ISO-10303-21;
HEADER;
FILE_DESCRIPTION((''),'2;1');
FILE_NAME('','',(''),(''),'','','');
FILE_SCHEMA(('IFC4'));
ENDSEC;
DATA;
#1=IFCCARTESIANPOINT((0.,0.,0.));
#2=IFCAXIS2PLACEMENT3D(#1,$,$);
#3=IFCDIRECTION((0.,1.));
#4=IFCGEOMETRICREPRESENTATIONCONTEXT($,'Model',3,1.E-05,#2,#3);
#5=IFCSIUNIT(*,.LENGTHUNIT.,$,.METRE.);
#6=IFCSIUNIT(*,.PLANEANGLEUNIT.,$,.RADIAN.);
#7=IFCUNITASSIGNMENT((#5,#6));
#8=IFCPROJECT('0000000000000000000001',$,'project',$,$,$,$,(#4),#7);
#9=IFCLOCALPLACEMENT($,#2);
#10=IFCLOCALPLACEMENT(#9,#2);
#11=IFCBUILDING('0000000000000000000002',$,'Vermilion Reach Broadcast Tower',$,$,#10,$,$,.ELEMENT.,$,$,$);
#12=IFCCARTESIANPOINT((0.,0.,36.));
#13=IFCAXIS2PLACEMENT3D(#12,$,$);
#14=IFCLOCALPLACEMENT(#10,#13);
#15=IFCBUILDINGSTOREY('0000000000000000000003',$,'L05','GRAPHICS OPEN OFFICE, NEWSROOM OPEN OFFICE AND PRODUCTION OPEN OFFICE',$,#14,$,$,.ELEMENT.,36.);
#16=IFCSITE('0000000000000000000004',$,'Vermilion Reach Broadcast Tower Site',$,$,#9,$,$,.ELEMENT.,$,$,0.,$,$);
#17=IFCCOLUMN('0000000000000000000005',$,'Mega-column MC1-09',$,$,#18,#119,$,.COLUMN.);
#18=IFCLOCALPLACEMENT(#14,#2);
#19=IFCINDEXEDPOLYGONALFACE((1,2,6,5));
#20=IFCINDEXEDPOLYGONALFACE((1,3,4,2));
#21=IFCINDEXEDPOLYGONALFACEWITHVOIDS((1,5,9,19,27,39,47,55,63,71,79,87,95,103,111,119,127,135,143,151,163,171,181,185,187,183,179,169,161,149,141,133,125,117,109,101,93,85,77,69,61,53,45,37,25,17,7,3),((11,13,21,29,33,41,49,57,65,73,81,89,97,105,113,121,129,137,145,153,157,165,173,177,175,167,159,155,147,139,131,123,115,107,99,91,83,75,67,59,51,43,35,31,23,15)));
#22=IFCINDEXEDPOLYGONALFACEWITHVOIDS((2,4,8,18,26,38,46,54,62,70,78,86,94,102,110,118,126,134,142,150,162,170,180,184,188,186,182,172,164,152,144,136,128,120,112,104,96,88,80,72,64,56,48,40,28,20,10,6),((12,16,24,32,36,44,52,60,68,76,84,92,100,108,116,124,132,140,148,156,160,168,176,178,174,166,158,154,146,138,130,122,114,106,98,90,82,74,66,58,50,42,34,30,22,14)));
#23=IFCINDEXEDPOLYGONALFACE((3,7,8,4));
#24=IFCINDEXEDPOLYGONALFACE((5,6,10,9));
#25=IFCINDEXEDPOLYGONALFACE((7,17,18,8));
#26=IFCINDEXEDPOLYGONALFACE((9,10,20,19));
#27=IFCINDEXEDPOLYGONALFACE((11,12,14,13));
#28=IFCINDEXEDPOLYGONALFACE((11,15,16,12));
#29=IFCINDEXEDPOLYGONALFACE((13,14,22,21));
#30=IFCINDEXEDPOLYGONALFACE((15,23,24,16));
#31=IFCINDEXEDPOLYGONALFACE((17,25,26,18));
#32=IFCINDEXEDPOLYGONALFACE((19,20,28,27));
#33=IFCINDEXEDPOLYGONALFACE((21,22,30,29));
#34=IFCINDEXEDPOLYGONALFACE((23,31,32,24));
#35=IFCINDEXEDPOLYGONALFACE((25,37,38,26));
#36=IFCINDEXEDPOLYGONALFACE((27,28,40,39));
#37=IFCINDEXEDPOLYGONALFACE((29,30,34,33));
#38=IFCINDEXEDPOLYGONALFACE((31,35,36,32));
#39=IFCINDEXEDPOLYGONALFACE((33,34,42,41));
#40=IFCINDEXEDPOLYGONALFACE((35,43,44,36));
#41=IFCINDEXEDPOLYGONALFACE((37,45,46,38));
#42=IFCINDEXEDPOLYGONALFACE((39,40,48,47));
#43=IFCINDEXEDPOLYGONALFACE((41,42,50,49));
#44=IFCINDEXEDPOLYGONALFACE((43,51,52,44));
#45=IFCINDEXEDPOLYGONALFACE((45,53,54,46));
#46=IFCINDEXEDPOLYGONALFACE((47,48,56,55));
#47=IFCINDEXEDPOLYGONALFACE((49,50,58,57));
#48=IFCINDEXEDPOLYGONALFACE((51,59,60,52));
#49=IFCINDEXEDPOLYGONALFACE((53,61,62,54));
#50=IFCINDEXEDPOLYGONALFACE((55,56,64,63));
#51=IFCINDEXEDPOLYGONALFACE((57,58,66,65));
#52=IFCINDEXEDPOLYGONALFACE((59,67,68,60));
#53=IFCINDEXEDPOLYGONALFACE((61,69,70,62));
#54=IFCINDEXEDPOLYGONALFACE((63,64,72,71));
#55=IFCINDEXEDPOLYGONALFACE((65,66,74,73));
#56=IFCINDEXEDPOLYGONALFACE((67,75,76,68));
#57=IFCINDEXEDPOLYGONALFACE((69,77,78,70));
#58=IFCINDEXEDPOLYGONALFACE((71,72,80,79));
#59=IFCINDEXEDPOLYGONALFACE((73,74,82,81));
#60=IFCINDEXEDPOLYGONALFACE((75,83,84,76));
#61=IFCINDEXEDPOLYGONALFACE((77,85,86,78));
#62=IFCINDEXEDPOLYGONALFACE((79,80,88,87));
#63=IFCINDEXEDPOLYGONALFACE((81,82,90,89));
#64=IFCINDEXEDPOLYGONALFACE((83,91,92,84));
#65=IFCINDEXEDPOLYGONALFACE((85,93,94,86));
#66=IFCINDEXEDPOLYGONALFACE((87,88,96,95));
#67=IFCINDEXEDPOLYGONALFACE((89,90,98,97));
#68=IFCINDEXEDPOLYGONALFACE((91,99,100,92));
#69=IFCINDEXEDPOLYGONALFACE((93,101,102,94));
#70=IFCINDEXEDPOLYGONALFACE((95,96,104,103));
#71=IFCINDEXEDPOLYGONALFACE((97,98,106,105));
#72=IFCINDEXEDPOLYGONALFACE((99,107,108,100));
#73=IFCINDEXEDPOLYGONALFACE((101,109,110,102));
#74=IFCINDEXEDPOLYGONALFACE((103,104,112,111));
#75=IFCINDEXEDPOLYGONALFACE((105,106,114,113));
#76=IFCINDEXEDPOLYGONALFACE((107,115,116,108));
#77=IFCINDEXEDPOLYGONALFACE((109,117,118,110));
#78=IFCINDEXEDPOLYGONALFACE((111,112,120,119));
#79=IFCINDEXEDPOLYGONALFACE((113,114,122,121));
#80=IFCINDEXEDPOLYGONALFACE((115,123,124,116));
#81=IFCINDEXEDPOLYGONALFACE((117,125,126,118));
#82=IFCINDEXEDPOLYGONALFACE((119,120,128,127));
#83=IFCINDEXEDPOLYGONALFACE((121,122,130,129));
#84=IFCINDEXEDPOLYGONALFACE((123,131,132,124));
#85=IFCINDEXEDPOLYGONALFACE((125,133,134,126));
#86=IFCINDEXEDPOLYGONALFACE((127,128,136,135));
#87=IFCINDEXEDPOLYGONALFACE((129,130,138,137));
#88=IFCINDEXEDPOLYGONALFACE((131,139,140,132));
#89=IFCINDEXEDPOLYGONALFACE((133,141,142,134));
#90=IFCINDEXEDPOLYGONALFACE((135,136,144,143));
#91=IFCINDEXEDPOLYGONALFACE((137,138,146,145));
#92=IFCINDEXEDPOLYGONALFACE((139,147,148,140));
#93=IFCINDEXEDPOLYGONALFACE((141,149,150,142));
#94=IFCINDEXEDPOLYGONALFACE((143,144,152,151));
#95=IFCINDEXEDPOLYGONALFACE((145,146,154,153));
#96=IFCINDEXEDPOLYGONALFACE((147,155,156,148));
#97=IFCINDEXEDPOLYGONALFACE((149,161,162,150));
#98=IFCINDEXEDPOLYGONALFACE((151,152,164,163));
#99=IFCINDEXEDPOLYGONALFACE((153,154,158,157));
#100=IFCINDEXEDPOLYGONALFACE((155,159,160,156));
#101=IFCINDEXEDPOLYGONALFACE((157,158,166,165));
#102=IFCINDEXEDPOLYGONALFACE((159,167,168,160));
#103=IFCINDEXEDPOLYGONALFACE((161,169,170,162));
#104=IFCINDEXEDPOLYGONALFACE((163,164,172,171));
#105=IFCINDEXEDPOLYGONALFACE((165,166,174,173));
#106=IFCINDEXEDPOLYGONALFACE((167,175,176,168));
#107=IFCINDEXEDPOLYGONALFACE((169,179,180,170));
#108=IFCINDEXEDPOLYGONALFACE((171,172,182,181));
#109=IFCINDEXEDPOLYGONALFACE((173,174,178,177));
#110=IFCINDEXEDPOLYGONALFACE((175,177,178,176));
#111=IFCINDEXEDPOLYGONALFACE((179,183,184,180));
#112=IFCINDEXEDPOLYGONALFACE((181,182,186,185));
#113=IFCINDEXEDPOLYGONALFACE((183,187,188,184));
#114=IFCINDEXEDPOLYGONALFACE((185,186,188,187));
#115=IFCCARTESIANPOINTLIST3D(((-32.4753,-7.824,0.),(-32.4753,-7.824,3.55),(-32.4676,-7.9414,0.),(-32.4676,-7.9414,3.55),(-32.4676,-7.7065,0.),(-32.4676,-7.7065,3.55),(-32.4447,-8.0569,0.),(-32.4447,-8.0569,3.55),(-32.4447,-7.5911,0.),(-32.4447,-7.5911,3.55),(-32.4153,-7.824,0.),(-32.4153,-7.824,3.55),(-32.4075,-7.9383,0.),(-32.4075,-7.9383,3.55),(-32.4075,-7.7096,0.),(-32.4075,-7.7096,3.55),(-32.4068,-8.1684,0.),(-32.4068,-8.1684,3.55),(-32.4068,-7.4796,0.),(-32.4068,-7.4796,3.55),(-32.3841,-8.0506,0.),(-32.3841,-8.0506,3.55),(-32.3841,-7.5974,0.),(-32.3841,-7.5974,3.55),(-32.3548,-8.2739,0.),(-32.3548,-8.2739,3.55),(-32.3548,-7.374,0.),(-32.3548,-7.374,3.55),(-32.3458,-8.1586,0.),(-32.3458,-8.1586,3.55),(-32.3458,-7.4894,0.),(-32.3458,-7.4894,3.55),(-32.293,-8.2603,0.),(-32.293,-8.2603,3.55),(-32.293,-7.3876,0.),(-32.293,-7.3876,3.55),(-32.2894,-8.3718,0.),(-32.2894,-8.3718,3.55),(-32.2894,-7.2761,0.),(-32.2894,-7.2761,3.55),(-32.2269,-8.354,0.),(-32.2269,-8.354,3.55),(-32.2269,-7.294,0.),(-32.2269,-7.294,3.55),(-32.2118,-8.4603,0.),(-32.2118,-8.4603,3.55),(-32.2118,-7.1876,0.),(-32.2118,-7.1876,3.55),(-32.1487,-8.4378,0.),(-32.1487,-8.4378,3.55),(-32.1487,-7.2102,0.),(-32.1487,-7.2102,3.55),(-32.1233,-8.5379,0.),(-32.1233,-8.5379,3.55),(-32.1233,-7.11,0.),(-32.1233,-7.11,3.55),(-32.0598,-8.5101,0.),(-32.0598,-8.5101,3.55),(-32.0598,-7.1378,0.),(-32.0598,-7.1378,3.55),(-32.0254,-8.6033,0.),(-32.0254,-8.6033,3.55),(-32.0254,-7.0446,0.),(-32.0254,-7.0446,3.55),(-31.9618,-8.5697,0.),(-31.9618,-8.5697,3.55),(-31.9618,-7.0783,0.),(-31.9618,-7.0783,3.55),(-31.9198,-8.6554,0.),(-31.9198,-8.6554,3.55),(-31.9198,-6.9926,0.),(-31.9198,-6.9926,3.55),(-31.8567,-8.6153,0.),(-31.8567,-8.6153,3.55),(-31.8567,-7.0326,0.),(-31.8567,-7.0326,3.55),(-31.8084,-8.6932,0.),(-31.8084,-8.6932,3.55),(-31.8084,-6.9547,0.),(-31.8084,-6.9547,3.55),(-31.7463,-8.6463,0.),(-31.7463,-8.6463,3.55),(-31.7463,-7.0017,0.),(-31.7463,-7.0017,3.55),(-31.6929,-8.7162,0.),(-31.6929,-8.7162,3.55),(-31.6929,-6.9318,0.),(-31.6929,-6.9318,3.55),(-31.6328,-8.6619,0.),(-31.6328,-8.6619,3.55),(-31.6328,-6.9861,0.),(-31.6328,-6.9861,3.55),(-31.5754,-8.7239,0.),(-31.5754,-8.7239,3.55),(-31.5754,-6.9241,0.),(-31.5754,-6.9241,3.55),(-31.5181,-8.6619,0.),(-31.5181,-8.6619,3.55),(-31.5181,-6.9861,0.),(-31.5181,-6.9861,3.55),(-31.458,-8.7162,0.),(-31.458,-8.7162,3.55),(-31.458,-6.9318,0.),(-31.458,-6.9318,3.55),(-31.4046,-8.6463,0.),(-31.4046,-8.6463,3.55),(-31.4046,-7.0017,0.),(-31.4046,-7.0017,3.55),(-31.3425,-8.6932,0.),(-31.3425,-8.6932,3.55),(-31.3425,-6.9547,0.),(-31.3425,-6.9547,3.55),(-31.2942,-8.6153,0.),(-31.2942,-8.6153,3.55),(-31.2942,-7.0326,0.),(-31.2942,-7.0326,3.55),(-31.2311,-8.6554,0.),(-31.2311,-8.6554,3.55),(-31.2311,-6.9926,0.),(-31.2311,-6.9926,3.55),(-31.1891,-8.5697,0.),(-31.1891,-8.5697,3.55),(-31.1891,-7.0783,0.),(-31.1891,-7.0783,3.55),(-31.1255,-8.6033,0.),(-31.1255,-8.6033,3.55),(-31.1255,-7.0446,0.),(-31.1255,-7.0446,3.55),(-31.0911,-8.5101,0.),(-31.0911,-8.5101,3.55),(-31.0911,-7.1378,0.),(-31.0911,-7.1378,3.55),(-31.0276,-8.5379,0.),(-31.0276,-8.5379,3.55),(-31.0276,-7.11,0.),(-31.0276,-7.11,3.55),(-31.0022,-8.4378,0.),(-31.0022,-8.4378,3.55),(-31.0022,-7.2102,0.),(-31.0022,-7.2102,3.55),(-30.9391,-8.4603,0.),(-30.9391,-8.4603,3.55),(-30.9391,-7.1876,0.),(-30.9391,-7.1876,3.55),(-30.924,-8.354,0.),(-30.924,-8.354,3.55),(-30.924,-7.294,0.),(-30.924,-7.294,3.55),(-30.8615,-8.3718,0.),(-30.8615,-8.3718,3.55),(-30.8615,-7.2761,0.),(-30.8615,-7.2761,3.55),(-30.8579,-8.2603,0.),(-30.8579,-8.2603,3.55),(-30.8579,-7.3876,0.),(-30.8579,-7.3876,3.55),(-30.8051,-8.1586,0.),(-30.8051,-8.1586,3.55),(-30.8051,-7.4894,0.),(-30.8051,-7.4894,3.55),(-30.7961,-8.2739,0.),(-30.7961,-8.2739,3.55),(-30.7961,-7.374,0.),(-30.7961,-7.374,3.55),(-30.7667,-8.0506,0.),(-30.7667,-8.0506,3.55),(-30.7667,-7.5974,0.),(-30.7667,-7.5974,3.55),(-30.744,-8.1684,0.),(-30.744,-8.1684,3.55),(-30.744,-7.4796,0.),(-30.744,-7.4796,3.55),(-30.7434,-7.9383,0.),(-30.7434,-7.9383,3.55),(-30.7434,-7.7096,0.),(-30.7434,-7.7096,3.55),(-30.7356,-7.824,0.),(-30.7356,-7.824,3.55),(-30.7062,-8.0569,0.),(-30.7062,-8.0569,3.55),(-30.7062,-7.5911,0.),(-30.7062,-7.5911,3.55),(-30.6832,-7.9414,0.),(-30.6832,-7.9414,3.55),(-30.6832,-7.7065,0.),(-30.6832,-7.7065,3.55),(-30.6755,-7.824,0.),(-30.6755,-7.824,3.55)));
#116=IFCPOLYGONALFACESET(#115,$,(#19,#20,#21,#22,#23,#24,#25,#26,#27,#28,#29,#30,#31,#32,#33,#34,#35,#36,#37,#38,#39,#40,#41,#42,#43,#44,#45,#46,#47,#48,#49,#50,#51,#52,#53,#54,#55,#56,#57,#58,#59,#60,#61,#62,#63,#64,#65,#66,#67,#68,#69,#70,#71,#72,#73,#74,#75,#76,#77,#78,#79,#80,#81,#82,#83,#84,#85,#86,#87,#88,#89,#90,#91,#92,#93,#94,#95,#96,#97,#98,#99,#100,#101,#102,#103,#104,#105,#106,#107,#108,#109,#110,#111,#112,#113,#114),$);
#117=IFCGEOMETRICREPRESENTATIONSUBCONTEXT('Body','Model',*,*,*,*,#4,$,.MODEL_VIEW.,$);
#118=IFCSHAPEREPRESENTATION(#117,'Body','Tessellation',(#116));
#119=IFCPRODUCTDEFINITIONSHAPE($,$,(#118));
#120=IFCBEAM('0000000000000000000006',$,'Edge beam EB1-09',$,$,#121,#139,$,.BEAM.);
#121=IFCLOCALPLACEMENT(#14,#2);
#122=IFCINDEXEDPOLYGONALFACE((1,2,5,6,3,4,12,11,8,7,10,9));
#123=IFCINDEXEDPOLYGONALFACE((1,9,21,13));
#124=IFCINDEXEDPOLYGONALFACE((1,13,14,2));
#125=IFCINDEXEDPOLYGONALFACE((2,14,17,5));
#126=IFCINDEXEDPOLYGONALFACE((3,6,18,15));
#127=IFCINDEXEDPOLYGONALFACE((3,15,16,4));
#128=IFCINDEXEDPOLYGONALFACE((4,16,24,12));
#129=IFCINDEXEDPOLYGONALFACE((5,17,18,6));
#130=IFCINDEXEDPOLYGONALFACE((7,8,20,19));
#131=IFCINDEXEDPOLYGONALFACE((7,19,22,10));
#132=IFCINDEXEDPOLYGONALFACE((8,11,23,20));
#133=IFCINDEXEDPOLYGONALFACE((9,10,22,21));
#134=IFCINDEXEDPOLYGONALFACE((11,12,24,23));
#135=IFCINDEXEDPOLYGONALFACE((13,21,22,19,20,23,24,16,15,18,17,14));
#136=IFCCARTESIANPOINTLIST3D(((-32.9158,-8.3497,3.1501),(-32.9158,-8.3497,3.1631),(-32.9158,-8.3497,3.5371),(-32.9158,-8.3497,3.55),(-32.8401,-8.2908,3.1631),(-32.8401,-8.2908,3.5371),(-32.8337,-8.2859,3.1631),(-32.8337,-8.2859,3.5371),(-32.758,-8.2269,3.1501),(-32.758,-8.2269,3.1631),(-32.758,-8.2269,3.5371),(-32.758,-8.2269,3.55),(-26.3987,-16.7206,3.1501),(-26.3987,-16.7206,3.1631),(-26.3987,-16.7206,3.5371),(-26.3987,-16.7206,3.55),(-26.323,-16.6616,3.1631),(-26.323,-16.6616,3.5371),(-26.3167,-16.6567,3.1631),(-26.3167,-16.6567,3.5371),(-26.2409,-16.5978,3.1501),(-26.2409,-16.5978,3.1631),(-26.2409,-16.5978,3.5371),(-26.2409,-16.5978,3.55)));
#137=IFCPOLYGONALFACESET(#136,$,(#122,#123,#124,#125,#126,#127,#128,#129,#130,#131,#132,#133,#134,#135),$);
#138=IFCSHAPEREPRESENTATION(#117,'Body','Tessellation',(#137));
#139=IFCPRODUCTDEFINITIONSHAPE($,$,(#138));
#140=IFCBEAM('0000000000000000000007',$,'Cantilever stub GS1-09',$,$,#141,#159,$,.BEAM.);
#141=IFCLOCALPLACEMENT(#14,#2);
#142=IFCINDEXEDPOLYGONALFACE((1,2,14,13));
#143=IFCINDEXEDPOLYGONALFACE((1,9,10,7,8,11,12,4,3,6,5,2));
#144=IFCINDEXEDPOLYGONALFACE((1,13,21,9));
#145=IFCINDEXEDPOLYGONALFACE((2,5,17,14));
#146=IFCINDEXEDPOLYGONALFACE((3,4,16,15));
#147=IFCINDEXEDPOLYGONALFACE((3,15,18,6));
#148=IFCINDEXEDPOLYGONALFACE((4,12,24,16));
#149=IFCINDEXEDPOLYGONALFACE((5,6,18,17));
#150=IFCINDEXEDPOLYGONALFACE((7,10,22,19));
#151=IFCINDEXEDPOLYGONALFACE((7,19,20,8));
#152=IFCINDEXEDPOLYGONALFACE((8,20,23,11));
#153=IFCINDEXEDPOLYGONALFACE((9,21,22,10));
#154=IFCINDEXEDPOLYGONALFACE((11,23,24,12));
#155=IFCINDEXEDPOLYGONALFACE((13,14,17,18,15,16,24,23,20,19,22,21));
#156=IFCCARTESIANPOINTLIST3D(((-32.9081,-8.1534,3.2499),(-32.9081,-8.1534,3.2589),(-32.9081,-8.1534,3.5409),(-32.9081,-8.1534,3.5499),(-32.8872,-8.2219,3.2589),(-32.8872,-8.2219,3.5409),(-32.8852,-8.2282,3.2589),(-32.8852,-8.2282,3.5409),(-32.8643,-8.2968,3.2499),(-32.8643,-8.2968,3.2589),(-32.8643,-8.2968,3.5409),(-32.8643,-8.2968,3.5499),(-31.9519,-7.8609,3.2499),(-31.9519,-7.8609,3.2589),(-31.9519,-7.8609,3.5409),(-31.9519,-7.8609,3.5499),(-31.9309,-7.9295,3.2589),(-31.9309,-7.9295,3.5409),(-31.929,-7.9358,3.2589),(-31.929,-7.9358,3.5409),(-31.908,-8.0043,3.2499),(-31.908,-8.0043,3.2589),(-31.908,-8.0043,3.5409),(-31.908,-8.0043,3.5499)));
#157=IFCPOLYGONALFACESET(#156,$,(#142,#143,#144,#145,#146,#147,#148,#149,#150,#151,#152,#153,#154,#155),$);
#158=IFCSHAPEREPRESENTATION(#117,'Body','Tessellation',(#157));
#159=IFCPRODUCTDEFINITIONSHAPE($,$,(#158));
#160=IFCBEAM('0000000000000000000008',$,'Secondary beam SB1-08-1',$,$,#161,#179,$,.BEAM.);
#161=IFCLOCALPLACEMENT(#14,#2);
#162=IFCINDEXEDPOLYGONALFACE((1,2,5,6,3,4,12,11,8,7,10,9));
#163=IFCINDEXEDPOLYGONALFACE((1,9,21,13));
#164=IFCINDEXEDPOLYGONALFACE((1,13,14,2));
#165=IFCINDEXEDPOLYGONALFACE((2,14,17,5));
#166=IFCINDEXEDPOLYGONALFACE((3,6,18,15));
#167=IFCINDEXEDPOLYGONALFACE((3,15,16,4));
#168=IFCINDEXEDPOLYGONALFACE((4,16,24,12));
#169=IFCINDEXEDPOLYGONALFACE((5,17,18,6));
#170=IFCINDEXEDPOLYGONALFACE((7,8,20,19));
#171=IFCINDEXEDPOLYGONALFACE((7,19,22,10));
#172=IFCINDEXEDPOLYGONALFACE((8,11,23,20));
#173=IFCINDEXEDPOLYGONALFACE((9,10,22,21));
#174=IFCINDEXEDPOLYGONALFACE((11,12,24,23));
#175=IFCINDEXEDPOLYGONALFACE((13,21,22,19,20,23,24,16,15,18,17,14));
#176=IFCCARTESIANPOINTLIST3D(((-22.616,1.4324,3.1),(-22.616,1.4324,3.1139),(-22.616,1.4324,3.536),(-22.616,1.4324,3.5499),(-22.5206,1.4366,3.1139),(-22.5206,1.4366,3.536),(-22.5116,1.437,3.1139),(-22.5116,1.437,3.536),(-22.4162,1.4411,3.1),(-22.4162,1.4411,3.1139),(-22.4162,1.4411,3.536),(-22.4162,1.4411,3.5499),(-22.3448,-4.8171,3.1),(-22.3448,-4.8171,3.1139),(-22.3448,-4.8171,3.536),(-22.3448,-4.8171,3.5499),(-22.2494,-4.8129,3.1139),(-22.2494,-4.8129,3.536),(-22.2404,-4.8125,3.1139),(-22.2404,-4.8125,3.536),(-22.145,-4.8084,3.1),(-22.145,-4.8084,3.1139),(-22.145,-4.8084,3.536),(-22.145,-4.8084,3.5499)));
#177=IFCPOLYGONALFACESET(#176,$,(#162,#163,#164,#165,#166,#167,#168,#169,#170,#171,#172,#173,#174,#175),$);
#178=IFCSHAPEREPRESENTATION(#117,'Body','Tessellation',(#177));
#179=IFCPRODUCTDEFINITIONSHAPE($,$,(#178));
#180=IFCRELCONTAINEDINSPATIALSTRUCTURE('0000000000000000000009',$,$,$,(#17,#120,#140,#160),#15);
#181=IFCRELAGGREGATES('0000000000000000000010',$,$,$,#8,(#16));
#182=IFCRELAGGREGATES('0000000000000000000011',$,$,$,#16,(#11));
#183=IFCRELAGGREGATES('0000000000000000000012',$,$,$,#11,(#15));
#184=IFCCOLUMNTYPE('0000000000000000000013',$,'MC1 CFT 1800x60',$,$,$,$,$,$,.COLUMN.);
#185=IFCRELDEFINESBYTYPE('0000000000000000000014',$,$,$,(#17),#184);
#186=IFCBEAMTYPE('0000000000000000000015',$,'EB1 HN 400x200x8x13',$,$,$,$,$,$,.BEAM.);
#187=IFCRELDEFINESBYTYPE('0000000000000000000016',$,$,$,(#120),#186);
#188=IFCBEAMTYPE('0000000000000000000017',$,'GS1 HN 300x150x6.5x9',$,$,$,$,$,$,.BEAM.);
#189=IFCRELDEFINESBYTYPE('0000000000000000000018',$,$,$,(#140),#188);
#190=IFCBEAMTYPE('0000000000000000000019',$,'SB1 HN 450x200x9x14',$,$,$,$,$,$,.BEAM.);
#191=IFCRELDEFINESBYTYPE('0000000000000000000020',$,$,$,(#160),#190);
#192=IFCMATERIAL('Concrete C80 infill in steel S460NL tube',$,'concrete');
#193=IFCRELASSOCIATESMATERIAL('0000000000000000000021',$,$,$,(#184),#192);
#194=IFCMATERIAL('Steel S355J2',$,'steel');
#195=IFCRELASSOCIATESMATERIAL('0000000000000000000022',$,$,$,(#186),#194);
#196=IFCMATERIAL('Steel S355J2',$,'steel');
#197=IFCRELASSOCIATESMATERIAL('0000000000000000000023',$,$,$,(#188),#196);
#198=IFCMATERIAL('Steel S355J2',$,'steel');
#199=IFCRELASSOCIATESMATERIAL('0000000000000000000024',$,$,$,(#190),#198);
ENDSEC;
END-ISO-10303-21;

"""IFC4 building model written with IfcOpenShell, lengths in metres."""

from ifc_helpers import new_model, si_unit, direction, frame, origin, origin_2d, place, context, subcontext, project, spatial, hollow_circle, i_section, extrude, material, material_profile, profile_set, type_object, element, save


model = new_model("IFC4")

# Units and contexts
model_context = context("Model", 3, precision=1e-05, world=origin(), true_north=direction((0.0, 1.0)))
body_context = subcontext(model_context, "Body", "Model", "MODEL_VIEW")
ifc_project = project(units=[si_unit("LENGTHUNIT", "METRE"), si_unit("PLANEANGLEUNIT", "RADIAN")], contexts=[model_context])

# Site, building, storey
site_placement = place(None, origin())
site = spatial("IfcSite", under=ifc_project, at=site_placement, Name="Vermilion Reach Broadcast Tower Site", CompositionType="ELEMENT", RefElevation=0.0)
building_placement = place(site_placement, origin())
building = spatial("IfcBuilding", under=site, at=building_placement, Name="Vermilion Reach Broadcast Tower", CompositionType="ELEMENT")
storey_placement = place(building_placement, frame((0.0, 0.0, 36.0)))
storey = spatial("IfcBuildingStorey", under=building, at=storey_placement, Name="L05", Description="GRAPHICS OPEN OFFICE, NEWSROOM OPEN OFFICE AND PRODUCTION OPEN OFFICE", CompositionType="ELEMENT", Elevation=36.0)

# Column
ifc_material_1 = material(Name="Concrete C80 infill in steel S460NL tube", Category="concrete")
ifc_material_profile_1 = material_profile(ifc_material_1, hollow_circle(Radius=0.8999, WallThickness=0.0601, at=origin_2d()), Name="Concrete C80 infill in steel S460NL tube CFT 1800x60")
ifc_profile_set_1 = profile_set([ifc_material_profile_1], Name="Concrete C80 infill in steel S460NL tube")
column_type = type_object("IfcColumnType", Name="MC1 CFT 1800x60", PredefinedType="COLUMN", material=ifc_profile_set_1)
column_placement = place(storey_placement, frame((-31.5754, -7.824, 0.0), z_axis=(0.0, 0.0, 1.0), x_axis=(1.0, 0.0, 0.0)))
element("IfcColumn", 1, at=column_placement, inside=storey, type_object=column_type, Name="Mega-column MC1-09", PredefinedType="COLUMN", context=body_context, shape_type="SweptSolid", body=[
    extrude(hollow_circle(Radius=0.8999, WallThickness=0.0601, at=origin_2d()), origin(), (0.0, 0.0, 1.0), 3.55),
])

# Beams
ifc_material_2 = material(Name="Steel S355J2", Category="steel")
ifc_material_profile_2 = material_profile(ifc_material_2, i_section(OverallWidth=0.2, OverallDepth=0.3999, WebThickness=0.0081, FlangeThickness=0.0129, at=origin_2d()), Name="S355J2 HN 400x200x8x13")
ifc_profile_set_2 = profile_set([ifc_material_profile_2], Name="Steel S355J2")
beam_type_1 = type_object("IfcBeamType", Name="EB1 HN 400x200x8x13", PredefinedType="BEAM", material=ifc_profile_set_2)
beam_1_placement = place(storey_placement, frame((-32.8369, -8.2883, 3.3501), z_axis=(0.614318, -0.789058, 0.0), x_axis=(0.789058, 0.614318, 0.0)))
element("IfcBeam", 2, at=beam_1_placement, inside=storey, type_object=beam_type_1, Name="Edge beam EB1-09", PredefinedType="BEAM", context=body_context, shape_type="SweptSolid", body=[
    extrude(i_section(OverallWidth=0.2, OverallDepth=0.3999, WebThickness=0.0081, FlangeThickness=0.0129, at=origin_2d()), origin(), (0.0, 0.0, 1.0), 10.6086),
])
ifc_material_3 = material(Name="Steel S355J2", Category="steel")
ifc_material_profile_3 = material_profile(ifc_material_3, i_section(OverallWidth=0.1499, OverallDepth=0.3, WebThickness=0.0066, FlangeThickness=0.009, at=origin_2d()), Name="S355J2 HN 300x150x6.5x9")
ifc_profile_set_3 = profile_set([ifc_material_profile_3], Name="Steel S355J2")
beam_type_2 = type_object("IfcBeamType", Name="GS1 HN 300x150x6.5x9", PredefinedType="BEAM", material=ifc_profile_set_3)
beam_2_placement = place(storey_placement, frame((-31.9299, -7.9326, 3.3999), z_axis=(-0.956274, -0.292473, 0.0), x_axis=(0.292473, -0.956274, 0.0)))
element("IfcBeam", 3, at=beam_2_placement, inside=storey, type_object=beam_type_2, Name="Cantilever stub GS1-09", PredefinedType="BEAM", context=body_context, shape_type="SweptSolid", body=[
    extrude(i_section(OverallWidth=0.1499, OverallDepth=0.3, WebThickness=0.0066, FlangeThickness=0.009, at=origin_2d()), origin(), (0.0, 0.0, 1.0), 1.0),
])
ifc_material_4 = material(Name="Steel S355J2", Category="steel")
ifc_material_profile_4 = material_profile(ifc_material_4, i_section(OverallWidth=0.2, OverallDepth=0.45, WebThickness=0.009, FlangeThickness=0.0139, at=origin_2d()), Name="S355J2 HN 450x200x9x14")
ifc_profile_set_4 = profile_set([ifc_material_profile_4], Name="Steel S355J2")
beam_type_3 = type_object("IfcBeamType", Name="SB1 HN 450x200x9x14", PredefinedType="BEAM", material=ifc_profile_set_4)
beam_3_placement = place(storey_placement, frame((-22.5161, 1.4368, 3.325), z_axis=(0.043361, -0.999059, 0.0), x_axis=(0.999059, 0.043361, 0.0)))
element("IfcBeam", 4, at=beam_3_placement, inside=storey, type_object=beam_type_3, Name="Secondary beam SB1-08-1", PredefinedType="BEAM", context=body_context, shape_type="SweptSolid", body=[
    extrude(i_section(OverallWidth=0.2, OverallDepth=0.45, WebThickness=0.009, FlangeThickness=0.0139, at=origin_2d()), origin(), (0.0, 0.0, 1.0), 6.2554),
])

save(model, "model.ifc")
